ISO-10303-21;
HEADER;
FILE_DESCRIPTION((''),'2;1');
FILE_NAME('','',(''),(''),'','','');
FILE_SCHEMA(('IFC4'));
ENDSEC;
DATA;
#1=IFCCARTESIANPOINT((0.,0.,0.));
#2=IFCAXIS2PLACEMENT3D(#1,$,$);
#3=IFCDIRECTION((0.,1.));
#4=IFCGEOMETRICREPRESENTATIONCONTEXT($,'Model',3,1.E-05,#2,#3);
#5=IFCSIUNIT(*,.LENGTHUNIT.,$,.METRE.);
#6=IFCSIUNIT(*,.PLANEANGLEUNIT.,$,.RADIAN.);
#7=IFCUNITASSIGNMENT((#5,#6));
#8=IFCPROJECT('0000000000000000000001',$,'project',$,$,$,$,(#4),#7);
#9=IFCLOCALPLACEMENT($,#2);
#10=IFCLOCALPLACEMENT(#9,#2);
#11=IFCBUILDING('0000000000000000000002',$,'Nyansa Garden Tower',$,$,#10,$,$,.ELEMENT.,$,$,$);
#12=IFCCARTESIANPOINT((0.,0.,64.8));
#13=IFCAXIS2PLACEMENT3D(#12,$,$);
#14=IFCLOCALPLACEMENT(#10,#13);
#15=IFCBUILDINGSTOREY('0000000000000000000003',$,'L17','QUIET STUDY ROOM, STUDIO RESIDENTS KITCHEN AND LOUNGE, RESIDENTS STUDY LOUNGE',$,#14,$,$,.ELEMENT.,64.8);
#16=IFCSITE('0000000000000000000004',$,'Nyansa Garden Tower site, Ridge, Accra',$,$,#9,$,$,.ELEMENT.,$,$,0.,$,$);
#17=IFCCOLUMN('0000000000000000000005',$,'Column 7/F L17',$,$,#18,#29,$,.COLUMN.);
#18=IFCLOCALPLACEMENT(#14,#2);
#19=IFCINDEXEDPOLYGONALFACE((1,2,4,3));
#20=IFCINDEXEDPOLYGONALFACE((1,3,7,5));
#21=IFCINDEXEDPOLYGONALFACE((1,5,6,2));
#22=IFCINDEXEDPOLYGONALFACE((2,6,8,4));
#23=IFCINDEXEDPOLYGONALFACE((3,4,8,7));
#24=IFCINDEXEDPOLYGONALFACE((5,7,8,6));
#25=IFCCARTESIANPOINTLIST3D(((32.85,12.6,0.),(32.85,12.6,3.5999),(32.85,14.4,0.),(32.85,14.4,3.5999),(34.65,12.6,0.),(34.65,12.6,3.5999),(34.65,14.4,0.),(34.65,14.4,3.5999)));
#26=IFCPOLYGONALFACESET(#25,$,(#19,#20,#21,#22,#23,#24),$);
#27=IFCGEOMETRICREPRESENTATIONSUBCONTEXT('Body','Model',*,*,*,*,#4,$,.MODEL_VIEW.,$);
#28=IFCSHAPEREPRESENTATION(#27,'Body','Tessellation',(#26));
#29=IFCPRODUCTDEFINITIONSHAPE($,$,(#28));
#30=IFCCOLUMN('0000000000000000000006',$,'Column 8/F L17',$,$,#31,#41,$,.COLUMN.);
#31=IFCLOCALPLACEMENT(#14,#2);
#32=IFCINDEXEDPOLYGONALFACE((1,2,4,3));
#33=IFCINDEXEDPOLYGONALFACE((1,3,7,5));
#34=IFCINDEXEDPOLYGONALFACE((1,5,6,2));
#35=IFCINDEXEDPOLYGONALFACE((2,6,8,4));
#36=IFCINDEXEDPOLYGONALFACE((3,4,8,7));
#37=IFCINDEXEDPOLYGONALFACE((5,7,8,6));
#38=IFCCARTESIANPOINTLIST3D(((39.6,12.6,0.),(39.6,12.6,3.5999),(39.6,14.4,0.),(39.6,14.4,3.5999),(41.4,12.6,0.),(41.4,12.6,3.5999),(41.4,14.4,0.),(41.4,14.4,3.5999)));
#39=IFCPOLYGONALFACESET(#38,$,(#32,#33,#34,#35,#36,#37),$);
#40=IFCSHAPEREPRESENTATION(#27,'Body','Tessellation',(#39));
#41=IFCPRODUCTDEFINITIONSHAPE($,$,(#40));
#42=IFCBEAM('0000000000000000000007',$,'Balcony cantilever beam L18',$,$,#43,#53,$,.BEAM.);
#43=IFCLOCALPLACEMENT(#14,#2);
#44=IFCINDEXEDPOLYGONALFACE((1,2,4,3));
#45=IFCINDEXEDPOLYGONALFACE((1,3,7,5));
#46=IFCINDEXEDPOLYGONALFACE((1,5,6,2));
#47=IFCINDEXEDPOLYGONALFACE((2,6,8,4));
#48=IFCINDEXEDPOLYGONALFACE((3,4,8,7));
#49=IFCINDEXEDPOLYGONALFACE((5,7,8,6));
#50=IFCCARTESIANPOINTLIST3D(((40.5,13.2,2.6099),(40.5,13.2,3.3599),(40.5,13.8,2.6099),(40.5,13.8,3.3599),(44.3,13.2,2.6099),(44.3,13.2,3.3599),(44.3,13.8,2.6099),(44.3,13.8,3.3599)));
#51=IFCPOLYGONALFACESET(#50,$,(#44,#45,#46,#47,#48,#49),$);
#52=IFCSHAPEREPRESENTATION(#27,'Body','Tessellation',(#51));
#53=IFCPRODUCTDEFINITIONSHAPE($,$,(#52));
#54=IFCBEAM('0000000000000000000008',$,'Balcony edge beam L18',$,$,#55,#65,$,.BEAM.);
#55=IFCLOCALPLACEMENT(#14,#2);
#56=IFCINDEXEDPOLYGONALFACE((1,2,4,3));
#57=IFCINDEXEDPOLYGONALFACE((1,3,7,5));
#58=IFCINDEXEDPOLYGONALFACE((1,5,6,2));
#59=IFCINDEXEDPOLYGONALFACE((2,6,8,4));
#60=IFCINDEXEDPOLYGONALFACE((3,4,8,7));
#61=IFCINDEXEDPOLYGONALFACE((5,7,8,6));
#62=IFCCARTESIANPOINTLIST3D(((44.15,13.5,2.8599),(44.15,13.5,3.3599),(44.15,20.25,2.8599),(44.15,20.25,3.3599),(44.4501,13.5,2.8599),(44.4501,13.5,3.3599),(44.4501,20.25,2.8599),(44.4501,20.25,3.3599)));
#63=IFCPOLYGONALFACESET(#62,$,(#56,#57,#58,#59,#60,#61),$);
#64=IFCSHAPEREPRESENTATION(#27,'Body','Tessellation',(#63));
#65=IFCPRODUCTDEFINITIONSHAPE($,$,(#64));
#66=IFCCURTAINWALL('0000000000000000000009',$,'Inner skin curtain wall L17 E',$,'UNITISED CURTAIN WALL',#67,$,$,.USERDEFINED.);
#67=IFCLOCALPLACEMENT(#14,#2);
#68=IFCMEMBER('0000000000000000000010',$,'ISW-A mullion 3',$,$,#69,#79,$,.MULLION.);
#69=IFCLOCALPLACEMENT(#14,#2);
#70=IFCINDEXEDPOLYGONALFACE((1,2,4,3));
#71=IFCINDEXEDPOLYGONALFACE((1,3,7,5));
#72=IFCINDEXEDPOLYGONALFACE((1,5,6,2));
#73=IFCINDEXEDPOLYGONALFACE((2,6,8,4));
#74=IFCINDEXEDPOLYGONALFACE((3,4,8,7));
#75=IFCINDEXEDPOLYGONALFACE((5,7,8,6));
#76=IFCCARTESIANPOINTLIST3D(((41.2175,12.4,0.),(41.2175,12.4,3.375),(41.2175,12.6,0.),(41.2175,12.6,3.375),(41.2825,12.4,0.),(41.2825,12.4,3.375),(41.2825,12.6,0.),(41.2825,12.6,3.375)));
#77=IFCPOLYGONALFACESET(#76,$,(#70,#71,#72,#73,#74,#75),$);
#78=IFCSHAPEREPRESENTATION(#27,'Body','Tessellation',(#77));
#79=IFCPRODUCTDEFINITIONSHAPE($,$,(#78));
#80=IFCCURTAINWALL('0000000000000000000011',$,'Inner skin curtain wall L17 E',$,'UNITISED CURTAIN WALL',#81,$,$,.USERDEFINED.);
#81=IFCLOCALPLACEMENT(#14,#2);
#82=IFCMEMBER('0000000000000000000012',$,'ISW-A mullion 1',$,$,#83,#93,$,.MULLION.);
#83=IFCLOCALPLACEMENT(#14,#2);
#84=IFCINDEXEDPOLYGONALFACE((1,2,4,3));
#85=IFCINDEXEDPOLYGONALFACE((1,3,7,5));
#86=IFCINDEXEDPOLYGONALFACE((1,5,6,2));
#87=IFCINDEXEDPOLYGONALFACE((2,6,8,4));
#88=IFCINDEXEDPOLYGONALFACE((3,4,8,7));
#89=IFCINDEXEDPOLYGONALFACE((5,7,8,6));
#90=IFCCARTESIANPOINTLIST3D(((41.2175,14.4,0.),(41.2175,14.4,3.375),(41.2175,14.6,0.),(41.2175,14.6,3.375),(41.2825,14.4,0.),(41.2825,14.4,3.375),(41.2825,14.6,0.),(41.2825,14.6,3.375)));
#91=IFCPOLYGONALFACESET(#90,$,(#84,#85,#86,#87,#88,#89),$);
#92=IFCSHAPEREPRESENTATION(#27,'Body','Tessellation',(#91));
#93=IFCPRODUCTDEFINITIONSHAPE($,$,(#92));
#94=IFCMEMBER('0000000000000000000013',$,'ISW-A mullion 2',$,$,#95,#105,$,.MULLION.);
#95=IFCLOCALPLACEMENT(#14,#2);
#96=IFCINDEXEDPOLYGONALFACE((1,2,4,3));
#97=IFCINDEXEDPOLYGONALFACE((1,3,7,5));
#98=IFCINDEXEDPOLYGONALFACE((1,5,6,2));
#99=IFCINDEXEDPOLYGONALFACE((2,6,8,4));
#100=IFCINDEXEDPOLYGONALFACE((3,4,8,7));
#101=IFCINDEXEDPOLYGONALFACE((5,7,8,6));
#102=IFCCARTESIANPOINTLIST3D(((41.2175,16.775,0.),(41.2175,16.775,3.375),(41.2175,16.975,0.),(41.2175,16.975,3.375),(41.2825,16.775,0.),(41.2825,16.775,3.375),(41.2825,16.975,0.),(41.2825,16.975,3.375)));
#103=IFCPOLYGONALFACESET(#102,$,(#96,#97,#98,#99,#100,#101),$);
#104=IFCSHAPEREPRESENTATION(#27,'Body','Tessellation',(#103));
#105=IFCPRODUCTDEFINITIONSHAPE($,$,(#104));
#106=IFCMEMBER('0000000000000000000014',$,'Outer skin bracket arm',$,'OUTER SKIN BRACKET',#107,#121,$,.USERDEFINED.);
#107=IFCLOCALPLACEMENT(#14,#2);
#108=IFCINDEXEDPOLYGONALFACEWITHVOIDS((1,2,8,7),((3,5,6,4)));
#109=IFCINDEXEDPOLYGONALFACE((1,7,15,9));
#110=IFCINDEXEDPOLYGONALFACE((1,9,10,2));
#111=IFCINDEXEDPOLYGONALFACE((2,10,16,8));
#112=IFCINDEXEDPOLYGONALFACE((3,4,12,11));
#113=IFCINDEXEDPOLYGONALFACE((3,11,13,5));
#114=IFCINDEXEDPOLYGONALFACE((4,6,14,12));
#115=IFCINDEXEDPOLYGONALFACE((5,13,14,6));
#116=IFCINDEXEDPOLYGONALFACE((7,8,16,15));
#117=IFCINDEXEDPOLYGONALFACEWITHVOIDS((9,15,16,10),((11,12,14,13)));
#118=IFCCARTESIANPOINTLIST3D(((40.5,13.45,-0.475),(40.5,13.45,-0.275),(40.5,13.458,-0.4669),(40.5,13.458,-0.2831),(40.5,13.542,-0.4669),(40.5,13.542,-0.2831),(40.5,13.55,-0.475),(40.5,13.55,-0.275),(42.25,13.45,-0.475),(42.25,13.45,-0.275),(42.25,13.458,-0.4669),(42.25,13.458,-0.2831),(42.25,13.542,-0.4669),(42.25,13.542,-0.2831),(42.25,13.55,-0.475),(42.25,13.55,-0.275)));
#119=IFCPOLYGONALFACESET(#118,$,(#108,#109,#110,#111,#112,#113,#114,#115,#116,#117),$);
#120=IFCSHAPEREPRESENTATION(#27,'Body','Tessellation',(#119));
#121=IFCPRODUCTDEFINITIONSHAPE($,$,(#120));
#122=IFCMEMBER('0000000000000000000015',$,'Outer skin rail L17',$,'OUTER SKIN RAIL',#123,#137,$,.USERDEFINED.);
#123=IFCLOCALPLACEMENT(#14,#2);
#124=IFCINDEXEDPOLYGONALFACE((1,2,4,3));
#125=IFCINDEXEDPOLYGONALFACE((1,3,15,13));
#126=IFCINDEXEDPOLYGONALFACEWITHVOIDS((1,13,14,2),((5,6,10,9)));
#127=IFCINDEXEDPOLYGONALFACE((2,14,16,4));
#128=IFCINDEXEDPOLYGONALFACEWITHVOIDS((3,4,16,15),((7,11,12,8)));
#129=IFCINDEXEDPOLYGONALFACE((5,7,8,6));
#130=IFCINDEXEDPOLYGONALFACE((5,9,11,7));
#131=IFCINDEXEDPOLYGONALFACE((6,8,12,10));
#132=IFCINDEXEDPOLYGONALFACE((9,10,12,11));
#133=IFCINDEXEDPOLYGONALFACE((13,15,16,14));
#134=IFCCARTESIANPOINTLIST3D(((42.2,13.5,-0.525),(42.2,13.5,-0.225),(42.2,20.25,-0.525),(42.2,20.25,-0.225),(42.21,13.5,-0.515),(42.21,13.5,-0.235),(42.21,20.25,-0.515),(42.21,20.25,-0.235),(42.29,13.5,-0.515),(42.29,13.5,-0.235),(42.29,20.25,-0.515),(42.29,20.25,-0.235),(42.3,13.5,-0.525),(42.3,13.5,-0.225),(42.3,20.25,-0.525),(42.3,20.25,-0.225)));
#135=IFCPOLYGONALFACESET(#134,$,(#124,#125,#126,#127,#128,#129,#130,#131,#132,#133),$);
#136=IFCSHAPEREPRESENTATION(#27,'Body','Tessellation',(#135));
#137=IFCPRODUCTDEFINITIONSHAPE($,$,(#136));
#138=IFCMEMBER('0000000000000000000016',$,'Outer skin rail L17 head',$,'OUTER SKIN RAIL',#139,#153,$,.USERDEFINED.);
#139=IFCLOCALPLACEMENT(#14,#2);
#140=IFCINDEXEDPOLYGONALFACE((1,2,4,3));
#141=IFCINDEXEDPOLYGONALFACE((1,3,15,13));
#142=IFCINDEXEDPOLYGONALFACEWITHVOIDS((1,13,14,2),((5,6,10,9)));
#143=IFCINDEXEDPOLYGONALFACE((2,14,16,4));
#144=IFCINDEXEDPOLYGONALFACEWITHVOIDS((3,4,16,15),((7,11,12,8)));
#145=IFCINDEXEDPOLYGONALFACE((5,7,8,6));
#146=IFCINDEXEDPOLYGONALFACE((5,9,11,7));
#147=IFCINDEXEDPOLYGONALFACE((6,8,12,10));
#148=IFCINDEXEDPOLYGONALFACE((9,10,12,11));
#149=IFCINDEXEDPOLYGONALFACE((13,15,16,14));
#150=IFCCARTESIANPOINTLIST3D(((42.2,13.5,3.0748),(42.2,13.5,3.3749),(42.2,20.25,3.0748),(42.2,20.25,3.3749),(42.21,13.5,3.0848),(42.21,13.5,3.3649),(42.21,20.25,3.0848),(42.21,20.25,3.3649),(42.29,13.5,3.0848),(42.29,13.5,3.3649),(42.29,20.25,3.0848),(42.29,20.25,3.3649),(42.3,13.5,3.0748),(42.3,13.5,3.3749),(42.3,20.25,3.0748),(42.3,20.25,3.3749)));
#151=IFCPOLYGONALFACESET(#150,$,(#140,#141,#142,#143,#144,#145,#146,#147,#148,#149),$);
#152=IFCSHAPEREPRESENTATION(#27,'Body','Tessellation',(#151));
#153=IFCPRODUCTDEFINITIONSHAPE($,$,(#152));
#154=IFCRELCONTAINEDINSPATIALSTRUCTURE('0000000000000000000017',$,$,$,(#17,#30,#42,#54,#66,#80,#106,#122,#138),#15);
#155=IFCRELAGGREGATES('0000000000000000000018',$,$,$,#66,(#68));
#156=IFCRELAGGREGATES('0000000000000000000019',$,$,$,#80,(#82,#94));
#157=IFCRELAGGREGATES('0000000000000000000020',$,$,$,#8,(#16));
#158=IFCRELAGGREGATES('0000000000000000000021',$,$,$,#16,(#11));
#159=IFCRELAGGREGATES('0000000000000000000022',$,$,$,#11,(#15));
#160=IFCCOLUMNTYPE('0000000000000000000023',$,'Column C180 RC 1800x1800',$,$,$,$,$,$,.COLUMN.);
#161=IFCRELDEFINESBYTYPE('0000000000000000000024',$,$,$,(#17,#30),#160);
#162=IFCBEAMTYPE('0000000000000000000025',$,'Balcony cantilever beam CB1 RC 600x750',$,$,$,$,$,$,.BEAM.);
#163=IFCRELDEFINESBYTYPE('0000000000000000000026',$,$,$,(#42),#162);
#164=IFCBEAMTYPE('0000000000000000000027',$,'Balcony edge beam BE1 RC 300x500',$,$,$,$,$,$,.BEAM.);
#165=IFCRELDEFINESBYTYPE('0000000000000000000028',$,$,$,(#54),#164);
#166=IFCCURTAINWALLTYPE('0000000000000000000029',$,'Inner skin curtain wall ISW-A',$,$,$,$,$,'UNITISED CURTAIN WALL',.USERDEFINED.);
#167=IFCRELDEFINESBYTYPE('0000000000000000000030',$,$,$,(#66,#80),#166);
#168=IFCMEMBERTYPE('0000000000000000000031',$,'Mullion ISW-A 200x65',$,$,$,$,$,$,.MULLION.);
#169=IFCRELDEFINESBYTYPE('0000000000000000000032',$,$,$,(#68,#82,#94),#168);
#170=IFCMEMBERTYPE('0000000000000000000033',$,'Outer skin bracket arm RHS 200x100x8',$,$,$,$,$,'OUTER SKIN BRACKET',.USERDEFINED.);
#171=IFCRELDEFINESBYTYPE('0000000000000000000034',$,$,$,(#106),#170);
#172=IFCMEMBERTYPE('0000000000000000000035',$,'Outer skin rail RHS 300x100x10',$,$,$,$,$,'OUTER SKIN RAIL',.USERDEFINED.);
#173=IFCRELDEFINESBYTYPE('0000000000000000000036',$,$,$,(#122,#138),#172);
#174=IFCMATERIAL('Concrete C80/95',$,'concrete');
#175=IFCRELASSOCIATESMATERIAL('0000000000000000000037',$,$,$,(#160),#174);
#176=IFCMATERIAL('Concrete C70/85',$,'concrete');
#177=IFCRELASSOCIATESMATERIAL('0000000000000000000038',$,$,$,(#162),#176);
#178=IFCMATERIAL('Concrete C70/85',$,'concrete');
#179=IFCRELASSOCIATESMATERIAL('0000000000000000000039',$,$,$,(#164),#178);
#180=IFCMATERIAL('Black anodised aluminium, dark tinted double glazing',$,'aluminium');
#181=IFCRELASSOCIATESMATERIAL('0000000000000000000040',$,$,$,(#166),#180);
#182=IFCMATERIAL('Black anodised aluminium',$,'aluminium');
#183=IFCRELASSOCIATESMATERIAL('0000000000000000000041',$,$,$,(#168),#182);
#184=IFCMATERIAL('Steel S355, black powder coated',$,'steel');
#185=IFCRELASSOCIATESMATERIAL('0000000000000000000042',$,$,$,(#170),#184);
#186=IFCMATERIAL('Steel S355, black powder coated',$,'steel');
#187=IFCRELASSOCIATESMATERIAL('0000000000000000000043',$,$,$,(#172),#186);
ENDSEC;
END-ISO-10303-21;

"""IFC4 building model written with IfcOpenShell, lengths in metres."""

from ifc_helpers import new_model, si_unit, direction, frame, origin, origin_2d, place, context, subcontext, project, spatial, rectangle, hollow_rectangle, extrude, material, material_profile, profile_set, type_object, element, aggregate, save


model = new_model("IFC4")

# Units and contexts
model_context = context("Model", 3, precision=1e-05, world=origin(), true_north=direction((0.0, 1.0)))
body_context = subcontext(model_context, "Body", "Model", "MODEL_VIEW")
ifc_project = project(units=[si_unit("LENGTHUNIT", "METRE"), si_unit("PLANEANGLEUNIT", "RADIAN")], contexts=[model_context])

# Site, building, storey
site_placement = place(None, origin())
site = spatial("IfcSite", under=ifc_project, at=site_placement, Name="Nyansa Garden Tower site, Ridge, Accra", CompositionType="ELEMENT", RefElevation=0.0)
building_placement = place(site_placement, origin())
building = spatial("IfcBuilding", under=site, at=building_placement, Name="Nyansa Garden Tower", CompositionType="ELEMENT")
storey_placement = place(building_placement, frame((0.0, 0.0, 64.8)))
storey = spatial("IfcBuildingStorey", under=building, at=storey_placement, Name="L17", Description="QUIET STUDY ROOM, STUDIO RESIDENTS KITCHEN AND LOUNGE, RESIDENTS STUDY LOUNGE", CompositionType="ELEMENT", Elevation=64.8)

# Columns
ifc_material_1 = material(Name="Concrete C80/95", Category="concrete")
ifc_material_profile_1 = material_profile(ifc_material_1, rectangle(XDim=1.8, YDim=1.8, at=origin_2d()), Name="RC 1800x1800")
ifc_profile_set_1 = profile_set([ifc_material_profile_1], Name="Concrete C80/95")
column_type = type_object("IfcColumnType", Name="Column C180 RC 1800x1800", PredefinedType="COLUMN", material=ifc_profile_set_1)
for number, where, z_axis, x_axis, name in (
    (1, (33.75, 13.5, 0.0), (0.0, 0.0, 1.0), (1.0, 0.0, 0.0), "Column 7/F L17"),
    (2, (40.5, 13.5, 0.0), (0.0, 0.0, 1.0), (1.0, 0.0, 0.0), "Column 8/F L17"),
):
    element("IfcColumn", number, at=place(storey_placement, frame(where, z_axis=z_axis, x_axis=x_axis)), inside=storey, type_object=column_type, Name=name, PredefinedType="COLUMN", context=body_context, shape_type="SweptSolid", body=[
        extrude(rectangle(XDim=1.8, YDim=1.8, at=origin_2d()), origin(), (0.0, 0.0, 1.0), 3.5999),
    ])

# Beams
ifc_material_2 = material(Name="Concrete C70/85", Category="concrete")
ifc_material_profile_2 = material_profile(ifc_material_2, rectangle(XDim=0.6001, YDim=0.75, at=origin_2d()), Name="RC 600x750")
ifc_profile_set_2 = profile_set([ifc_material_profile_2], Name="Concrete C70/85")
beam_type_1 = type_object("IfcBeamType", Name="Balcony cantilever beam CB1 RC 600x750", PredefinedType="BEAM", material=ifc_profile_set_2)
beam_1_placement = place(storey_placement, frame((40.5, 13.5, 2.9849), z_axis=(1.0, 0.0, 0.0), x_axis=(0.0, 1.0, 0.0)))
element("IfcBeam", 3, at=beam_1_placement, inside=storey, type_object=beam_type_1, Name="Balcony cantilever beam L18", PredefinedType="BEAM", context=body_context, shape_type="SweptSolid", body=[
    extrude(rectangle(XDim=0.6001, YDim=0.75, at=origin_2d()), origin(), (0.0, 0.0, 1.0), 3.8),
])
ifc_material_3 = material(Name="Concrete C70/85", Category="concrete")
ifc_material_profile_3 = material_profile(ifc_material_3, rectangle(XDim=0.3, YDim=0.5, at=origin_2d()), Name="RC 300x500")
ifc_profile_set_3 = profile_set([ifc_material_profile_3], Name="Concrete C70/85")
beam_type_2 = type_object("IfcBeamType", Name="Balcony edge beam BE1 RC 300x500", PredefinedType="BEAM", material=ifc_profile_set_3)
beam_2_placement = place(storey_placement, frame((44.3, 13.5, 3.1099), z_axis=(0.0, 1.0, 0.0), x_axis=(-1.0, 0.0, 0.0)))
element("IfcBeam", 4, at=beam_2_placement, inside=storey, type_object=beam_type_2, Name="Balcony edge beam L18", PredefinedType="BEAM", context=body_context, shape_type="SweptSolid", body=[
    extrude(rectangle(XDim=0.3, YDim=0.5, at=origin_2d()), origin(), (0.0, 0.0, 1.0), 6.75),
])

# Curtain wall, member
ifc_material_4 = material(Name="Black anodised aluminium, dark tinted double glazing", Category="aluminium")
curtain_wall_type = type_object("IfcCurtainWallType", Name="Inner skin curtain wall ISW-A", ElementType="UNITISED CURTAIN WALL", PredefinedType="USERDEFINED", material=ifc_material_4)
curtain_wall_1_placement = place(storey_placement, origin())
curtain_wall_1 = element("IfcCurtainWall", 5, at=curtain_wall_1_placement, inside=storey, type_object=curtain_wall_type, Name="Inner skin curtain wall L17 E", ObjectType="UNITISED CURTAIN WALL", PredefinedType="USERDEFINED")
ifc_material_5 = material(Name="Black anodised aluminium", Category="aluminium")
ifc_material_profile_4 = material_profile(ifc_material_5, rectangle(XDim=0.0649, YDim=0.2, at=origin_2d()), Name="Mullion 200x65")
ifc_profile_set_4 = profile_set([ifc_material_profile_4], Name="Black anodised aluminium")
member_type_1 = type_object("IfcMemberType", Name="Mullion ISW-A 200x65", PredefinedType="MULLION", material=ifc_profile_set_4)
member_1_placement = place(storey_placement, frame((41.25, 12.5, 0.0), z_axis=(0.0, 0.0, 1.0), x_axis=(-1.0, 0.0, 0.0)))
member_1 = element("IfcMember", 6, at=member_1_placement, type_object=member_type_1, Name="ISW-A mullion 3", PredefinedType="MULLION", context=body_context, shape_type="SweptSolid", body=[
    extrude(rectangle(XDim=0.0649, YDim=0.2, at=origin_2d()), origin(), (0.0, 0.0, 1.0), 3.375),
])

# Curtain wall, members
curtain_wall_2_placement = place(storey_placement, origin())
curtain_wall_2 = element("IfcCurtainWall", 7, at=curtain_wall_2_placement, inside=storey, type_object=curtain_wall_type, Name="Inner skin curtain wall L17 E", ObjectType="UNITISED CURTAIN WALL", PredefinedType="USERDEFINED")
member_2_placement = place(storey_placement, frame((41.25, 14.5, 0.0), z_axis=(0.0, 0.0, 1.0), x_axis=(-1.0, 0.0, 0.0)))
member_2 = element("IfcMember", 8, at=member_2_placement, type_object=member_type_1, Name="ISW-A mullion 1", PredefinedType="MULLION", context=body_context, shape_type="SweptSolid", body=[
    extrude(rectangle(XDim=0.0649, YDim=0.2, at=origin_2d()), origin(), (0.0, 0.0, 1.0), 3.375),
])
member_3_placement = place(storey_placement, frame((41.25, 16.875, 0.0), z_axis=(0.0, 0.0, 1.0), x_axis=(-1.0, 0.0, 0.0)))
member_3 = element("IfcMember", 9, at=member_3_placement, type_object=member_type_1, Name="ISW-A mullion 2", PredefinedType="MULLION", context=body_context, shape_type="SweptSolid", body=[
    extrude(rectangle(XDim=0.0649, YDim=0.2, at=origin_2d()), origin(), (0.0, 0.0, 1.0), 3.375),
])

# Members
ifc_material_6 = material(Name="Steel S355, black powder coated", Category="steel")
ifc_material_profile_5 = material_profile(ifc_material_6, hollow_rectangle(XDim=0.1001, YDim=0.2, WallThickness=0.0081, at=origin_2d()), Name="RHS 200x100x8")
ifc_profile_set_5 = profile_set([ifc_material_profile_5], Name="Steel S355, black powder coated")
member_type_2 = type_object("IfcMemberType", Name="Outer skin bracket arm RHS 200x100x8", ElementType="OUTER SKIN BRACKET", PredefinedType="USERDEFINED", material=ifc_profile_set_5)
member_4_placement = place(storey_placement, frame((40.5, 13.5, -0.375), z_axis=(1.0, 0.0, 0.0), x_axis=(0.0, 1.0, 0.0)))
element("IfcMember", 10, at=member_4_placement, inside=storey, type_object=member_type_2, Name="Outer skin bracket arm", ObjectType="OUTER SKIN BRACKET", PredefinedType="USERDEFINED", context=body_context, shape_type="SweptSolid", body=[
    extrude(hollow_rectangle(XDim=0.1001, YDim=0.2, WallThickness=0.0081, at=origin_2d()), origin(), (0.0, 0.0, 1.0), 1.75),
])
ifc_material_7 = material(Name="Steel S355, black powder coated", Category="steel")
ifc_material_profile_6 = material_profile(ifc_material_7, hollow_rectangle(XDim=0.1001, YDim=0.3, WallThickness=0.01, at=origin_2d()), Name="RHS 300x100x10")
ifc_profile_set_6 = profile_set([ifc_material_profile_6], Name="Steel S355, black powder coated")
member_type_3 = type_object("IfcMemberType", Name="Outer skin rail RHS 300x100x10", ElementType="OUTER SKIN RAIL", PredefinedType="USERDEFINED", material=ifc_profile_set_6)
for number, where, z_axis, x_axis, name in (
    (11, (42.25, 13.5, -0.375), (0.0, 1.0, 0.0), (-1.0, 0.0, 0.0), "Outer skin rail L17"),
    (12, (42.25, 13.5, 3.2249), (0.0, 1.0, 0.0), (-1.0, 0.0, 0.0), "Outer skin rail L17 head"),
):
    element("IfcMember", number, at=place(storey_placement, frame(where, z_axis=z_axis, x_axis=x_axis)), inside=storey, type_object=member_type_3, Name=name, ObjectType="OUTER SKIN RAIL", PredefinedType="USERDEFINED", context=body_context, shape_type="SweptSolid", body=[
        extrude(hollow_rectangle(XDim=0.1001, YDim=0.3, WallThickness=0.01, at=origin_2d()), origin(), (0.0, 0.0, 1.0), 6.75),
    ])

aggregate(curtain_wall_1, [member_1])
aggregate(curtain_wall_2, [member_2, member_3])

save(model, "model.ifc")
